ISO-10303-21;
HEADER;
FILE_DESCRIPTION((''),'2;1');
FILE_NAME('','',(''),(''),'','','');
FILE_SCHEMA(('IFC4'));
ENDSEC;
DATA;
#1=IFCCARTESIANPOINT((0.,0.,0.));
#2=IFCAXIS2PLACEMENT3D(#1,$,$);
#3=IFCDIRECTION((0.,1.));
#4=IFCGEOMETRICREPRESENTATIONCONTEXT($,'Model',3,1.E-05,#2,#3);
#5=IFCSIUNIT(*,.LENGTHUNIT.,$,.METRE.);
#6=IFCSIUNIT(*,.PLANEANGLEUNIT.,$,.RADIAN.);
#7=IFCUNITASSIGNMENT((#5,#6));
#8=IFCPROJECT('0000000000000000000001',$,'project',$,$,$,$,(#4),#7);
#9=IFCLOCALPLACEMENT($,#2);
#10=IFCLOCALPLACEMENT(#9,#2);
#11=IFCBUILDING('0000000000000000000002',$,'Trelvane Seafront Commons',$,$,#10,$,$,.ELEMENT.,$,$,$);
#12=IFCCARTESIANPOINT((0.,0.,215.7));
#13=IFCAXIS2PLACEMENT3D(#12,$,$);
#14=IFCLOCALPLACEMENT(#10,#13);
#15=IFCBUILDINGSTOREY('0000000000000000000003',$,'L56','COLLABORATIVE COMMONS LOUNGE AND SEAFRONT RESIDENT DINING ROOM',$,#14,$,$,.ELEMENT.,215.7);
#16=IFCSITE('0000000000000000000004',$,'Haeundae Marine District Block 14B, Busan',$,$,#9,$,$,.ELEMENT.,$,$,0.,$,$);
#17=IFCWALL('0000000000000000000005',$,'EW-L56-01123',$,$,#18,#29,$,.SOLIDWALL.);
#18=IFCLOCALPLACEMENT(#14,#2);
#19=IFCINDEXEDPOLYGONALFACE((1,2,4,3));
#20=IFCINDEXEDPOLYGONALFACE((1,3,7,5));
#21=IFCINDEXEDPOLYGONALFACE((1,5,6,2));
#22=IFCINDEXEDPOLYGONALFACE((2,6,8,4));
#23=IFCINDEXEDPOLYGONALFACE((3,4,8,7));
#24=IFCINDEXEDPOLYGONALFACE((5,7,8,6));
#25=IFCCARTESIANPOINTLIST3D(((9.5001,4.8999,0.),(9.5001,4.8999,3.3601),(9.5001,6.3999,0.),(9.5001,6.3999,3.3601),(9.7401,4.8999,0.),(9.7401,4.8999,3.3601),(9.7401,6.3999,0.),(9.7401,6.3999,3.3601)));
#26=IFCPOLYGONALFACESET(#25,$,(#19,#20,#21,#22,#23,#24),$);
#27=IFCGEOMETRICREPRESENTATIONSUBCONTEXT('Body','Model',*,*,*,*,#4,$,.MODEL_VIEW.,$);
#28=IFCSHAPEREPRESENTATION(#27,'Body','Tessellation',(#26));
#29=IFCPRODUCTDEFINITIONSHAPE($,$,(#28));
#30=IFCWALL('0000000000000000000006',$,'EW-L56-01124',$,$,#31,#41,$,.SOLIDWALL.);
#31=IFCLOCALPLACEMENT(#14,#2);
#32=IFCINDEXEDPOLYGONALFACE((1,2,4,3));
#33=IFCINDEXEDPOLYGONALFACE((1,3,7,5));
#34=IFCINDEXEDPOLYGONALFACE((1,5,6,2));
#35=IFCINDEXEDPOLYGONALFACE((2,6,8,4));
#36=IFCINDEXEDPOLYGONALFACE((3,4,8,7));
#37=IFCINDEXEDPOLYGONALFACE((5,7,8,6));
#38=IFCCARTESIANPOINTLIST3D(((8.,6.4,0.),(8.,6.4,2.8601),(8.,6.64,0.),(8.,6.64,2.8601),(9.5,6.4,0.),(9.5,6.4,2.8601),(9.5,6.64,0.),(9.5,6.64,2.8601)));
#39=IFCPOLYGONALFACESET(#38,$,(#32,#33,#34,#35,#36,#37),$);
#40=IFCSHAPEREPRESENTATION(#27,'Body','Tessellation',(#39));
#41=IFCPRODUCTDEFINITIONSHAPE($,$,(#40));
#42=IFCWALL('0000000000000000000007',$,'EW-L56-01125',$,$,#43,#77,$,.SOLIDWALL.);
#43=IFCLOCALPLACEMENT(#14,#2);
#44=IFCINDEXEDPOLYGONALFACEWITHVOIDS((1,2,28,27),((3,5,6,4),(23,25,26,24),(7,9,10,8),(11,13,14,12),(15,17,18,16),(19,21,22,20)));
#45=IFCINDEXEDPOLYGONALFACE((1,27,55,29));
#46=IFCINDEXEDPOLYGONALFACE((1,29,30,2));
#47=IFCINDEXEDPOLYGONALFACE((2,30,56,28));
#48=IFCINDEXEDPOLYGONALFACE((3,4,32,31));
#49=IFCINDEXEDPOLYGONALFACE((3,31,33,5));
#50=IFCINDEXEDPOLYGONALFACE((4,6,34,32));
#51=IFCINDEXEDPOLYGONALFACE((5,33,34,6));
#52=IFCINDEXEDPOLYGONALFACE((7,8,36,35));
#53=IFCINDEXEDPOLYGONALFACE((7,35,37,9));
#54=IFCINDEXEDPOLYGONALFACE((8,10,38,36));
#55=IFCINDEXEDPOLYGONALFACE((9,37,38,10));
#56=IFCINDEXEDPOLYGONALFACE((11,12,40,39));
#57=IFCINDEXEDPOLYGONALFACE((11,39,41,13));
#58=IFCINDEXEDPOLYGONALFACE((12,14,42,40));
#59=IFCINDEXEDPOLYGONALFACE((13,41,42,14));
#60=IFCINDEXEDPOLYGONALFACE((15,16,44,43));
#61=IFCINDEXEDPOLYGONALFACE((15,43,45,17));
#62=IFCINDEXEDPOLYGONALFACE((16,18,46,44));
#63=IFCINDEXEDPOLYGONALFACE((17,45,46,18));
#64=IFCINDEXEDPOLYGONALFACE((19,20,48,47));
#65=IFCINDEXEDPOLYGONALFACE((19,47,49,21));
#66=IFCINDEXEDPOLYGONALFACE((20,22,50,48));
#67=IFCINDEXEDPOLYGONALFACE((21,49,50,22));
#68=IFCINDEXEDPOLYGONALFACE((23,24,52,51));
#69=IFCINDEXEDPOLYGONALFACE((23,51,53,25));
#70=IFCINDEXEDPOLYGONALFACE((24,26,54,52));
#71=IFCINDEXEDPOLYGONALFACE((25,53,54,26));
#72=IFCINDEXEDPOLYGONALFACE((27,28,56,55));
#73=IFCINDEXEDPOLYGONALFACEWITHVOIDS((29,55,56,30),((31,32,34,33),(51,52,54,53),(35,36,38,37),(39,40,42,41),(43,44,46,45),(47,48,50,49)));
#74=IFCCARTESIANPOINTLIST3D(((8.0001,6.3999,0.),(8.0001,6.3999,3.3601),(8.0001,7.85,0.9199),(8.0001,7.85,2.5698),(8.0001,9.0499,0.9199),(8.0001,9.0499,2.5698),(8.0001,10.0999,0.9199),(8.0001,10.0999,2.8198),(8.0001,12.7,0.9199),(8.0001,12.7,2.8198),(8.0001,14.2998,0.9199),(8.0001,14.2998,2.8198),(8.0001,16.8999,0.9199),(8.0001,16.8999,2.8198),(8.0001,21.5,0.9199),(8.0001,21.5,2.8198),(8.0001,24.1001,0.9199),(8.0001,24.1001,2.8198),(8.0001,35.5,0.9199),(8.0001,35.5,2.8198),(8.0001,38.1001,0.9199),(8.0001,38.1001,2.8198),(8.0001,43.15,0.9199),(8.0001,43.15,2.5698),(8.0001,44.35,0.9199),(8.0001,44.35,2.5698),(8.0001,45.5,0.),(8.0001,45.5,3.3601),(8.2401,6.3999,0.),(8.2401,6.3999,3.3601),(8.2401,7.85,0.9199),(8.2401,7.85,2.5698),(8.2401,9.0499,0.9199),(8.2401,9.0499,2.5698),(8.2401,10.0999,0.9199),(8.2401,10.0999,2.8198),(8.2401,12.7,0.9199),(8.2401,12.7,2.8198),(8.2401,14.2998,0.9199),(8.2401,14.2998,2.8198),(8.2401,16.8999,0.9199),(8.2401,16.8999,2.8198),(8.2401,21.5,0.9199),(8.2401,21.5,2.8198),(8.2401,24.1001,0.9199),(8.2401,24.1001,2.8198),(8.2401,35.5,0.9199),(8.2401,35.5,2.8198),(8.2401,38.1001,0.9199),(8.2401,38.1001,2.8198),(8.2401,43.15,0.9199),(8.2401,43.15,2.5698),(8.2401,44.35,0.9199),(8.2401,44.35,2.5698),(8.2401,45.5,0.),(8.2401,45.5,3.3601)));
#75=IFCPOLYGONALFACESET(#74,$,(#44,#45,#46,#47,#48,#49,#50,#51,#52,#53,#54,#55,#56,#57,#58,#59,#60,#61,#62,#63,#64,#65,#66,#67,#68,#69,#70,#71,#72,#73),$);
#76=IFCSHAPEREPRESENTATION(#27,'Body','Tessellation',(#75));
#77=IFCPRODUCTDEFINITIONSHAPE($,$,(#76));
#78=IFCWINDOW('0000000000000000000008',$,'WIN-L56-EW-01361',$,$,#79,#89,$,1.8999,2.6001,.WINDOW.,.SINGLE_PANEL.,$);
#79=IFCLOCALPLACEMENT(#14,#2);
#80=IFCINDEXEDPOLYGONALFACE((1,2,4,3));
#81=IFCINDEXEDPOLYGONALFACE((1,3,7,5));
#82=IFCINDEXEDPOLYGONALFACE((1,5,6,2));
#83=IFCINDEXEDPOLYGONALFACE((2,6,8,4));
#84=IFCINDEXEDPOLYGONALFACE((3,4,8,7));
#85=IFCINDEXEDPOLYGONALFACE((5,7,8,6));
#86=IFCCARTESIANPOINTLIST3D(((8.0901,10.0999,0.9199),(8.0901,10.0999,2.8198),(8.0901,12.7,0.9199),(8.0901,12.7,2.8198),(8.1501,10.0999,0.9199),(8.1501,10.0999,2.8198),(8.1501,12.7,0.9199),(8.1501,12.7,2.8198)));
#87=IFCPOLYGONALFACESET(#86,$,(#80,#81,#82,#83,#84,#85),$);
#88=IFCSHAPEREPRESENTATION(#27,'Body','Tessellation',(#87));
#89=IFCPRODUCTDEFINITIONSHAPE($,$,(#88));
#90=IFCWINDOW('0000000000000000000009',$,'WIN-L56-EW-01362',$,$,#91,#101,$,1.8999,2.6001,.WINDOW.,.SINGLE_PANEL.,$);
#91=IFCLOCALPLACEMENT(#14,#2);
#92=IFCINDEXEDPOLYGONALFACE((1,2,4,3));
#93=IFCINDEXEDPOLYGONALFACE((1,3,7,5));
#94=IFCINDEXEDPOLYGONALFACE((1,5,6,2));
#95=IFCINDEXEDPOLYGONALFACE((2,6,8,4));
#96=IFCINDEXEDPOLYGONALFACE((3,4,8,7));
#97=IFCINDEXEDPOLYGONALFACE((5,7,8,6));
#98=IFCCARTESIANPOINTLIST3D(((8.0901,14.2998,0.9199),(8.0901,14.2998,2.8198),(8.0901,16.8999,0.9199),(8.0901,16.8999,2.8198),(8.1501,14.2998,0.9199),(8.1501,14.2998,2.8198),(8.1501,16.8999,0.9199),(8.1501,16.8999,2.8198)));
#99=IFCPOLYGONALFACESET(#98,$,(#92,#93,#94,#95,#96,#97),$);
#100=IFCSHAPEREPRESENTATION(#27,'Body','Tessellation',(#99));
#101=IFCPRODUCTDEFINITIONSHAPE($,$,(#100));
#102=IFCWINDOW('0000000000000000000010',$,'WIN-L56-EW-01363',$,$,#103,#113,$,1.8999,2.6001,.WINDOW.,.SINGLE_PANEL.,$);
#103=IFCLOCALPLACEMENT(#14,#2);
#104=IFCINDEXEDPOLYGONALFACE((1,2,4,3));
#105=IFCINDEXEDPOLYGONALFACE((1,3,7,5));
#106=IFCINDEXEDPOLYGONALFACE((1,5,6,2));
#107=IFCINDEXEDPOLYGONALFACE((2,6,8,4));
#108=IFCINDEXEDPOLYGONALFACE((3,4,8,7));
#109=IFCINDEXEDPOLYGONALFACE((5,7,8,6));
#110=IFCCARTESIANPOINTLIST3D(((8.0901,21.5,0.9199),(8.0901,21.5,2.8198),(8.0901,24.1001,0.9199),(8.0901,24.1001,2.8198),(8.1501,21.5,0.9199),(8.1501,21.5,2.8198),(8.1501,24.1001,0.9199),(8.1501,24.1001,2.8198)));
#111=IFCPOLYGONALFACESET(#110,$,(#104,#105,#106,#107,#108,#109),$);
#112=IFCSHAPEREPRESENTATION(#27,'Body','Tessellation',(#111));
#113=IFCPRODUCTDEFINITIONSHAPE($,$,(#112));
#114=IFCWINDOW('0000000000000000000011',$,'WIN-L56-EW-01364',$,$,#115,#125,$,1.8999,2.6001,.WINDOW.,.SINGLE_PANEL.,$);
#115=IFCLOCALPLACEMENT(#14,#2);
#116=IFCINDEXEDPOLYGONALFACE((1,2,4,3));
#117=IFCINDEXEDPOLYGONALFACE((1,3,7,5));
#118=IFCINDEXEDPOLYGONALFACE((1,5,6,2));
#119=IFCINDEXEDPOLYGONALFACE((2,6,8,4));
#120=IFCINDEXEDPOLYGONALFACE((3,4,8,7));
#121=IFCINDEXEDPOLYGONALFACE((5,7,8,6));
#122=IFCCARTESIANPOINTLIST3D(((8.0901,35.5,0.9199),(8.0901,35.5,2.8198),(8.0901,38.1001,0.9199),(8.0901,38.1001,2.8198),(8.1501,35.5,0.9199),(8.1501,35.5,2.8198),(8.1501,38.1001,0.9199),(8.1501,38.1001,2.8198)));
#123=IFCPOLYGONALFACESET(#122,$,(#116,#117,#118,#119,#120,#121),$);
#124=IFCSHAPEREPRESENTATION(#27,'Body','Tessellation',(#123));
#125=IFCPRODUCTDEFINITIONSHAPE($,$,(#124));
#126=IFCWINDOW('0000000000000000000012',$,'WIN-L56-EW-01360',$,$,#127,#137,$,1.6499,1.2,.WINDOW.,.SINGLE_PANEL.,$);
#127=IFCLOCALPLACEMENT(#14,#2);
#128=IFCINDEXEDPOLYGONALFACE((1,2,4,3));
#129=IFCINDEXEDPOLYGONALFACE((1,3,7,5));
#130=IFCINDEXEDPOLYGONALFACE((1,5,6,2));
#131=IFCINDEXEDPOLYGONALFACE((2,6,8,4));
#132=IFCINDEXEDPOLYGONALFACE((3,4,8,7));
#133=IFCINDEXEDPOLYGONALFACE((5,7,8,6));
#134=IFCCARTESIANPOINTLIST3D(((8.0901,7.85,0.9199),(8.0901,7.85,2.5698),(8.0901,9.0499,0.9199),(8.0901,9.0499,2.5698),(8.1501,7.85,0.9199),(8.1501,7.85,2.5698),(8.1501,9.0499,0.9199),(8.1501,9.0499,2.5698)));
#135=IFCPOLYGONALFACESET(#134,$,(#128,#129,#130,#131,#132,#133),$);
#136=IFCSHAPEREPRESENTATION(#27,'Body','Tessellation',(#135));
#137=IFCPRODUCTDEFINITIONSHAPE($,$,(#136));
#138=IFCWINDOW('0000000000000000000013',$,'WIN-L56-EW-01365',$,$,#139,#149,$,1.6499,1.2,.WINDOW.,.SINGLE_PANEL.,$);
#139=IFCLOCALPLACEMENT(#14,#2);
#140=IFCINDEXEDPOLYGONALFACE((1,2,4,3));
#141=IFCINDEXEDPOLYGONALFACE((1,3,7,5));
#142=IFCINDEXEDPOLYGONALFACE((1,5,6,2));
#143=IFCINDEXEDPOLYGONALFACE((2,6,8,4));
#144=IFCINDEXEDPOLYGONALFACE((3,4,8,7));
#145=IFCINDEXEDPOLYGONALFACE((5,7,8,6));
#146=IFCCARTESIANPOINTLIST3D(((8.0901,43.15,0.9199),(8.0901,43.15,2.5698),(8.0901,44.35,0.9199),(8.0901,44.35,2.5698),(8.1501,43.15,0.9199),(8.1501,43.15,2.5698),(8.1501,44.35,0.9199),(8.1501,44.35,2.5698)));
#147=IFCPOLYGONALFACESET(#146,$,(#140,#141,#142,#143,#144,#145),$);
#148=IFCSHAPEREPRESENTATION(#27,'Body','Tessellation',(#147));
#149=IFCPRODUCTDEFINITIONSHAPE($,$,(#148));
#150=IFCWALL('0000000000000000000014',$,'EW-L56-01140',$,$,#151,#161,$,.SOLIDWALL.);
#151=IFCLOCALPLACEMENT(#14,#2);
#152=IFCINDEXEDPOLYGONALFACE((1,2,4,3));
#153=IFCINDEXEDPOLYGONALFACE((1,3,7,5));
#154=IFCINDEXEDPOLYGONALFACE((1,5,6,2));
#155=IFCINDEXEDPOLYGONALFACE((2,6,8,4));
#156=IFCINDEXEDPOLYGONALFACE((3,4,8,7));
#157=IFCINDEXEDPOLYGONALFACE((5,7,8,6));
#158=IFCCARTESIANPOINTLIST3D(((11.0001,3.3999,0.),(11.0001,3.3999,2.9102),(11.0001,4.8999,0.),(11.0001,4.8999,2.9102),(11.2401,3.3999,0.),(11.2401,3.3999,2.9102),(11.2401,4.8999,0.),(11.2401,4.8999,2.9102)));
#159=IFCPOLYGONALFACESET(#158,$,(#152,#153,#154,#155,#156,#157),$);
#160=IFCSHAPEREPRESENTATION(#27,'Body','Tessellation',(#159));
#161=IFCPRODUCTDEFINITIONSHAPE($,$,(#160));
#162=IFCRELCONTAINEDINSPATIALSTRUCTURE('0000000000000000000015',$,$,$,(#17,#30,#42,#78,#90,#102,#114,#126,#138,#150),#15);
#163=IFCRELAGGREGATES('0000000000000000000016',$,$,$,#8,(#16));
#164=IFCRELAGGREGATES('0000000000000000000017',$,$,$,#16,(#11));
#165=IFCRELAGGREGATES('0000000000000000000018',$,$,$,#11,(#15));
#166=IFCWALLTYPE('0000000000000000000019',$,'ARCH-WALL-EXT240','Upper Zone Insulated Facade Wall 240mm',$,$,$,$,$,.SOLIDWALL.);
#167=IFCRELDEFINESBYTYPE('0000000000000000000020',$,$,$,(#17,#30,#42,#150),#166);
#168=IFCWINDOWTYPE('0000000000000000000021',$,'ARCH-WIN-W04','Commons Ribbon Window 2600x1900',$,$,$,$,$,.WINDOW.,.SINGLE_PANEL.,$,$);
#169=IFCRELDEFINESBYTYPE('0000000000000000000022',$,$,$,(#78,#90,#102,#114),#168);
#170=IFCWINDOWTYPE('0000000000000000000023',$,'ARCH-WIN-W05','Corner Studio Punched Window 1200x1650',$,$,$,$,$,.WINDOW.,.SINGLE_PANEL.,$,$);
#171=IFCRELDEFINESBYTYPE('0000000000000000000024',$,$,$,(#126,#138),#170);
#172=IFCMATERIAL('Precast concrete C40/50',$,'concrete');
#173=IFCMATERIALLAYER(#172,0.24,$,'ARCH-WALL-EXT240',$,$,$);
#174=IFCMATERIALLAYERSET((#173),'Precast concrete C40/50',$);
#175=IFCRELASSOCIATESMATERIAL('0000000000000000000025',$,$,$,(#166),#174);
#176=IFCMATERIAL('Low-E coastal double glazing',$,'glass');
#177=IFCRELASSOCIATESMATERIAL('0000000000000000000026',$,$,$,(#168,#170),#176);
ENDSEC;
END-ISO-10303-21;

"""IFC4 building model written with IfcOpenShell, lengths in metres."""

from ifc_helpers import new_model, si_unit, direction, frame, frame_2d, origin, place, context, subcontext, project, spatial, rectangle, extrude, source, transform, mapped, material, layer, layer_set, type_object, element, fill, save


model = new_model("IFC4")

# Units and contexts
model_context = context("Model", 3, precision=1e-05, world=origin(), true_north=direction((0.0, 1.0)))
body_context = subcontext(model_context, "Body", "Model", "MODEL_VIEW")
ifc_project = project(units=[si_unit("LENGTHUNIT", "METRE"), si_unit("PLANEANGLEUNIT", "RADIAN")], contexts=[model_context])

# Site, building, storey
site_placement = place(None, origin())
site = spatial("IfcSite", under=ifc_project, at=site_placement, Name="Haeundae Marine District Block 14B, Busan", CompositionType="ELEMENT", RefElevation=0.0)
building_placement = place(site_placement, origin())
building = spatial("IfcBuilding", under=site, at=building_placement, Name="Trelvane Seafront Commons", CompositionType="ELEMENT")
storey_placement = place(building_placement, frame((0.0, 0.0, 215.7)))
storey = spatial("IfcBuildingStorey", under=building, at=storey_placement, Name="L56", Description="COLLABORATIVE COMMONS LOUNGE AND SEAFRONT RESIDENT DINING ROOM", CompositionType="ELEMENT", Elevation=215.7)

# Walls
ifc_material_1 = material(Name="Precast concrete C40/50", Category="concrete")
ifc_layer_1 = layer(ifc_material_1, 0.24, Name="ARCH-WALL-EXT240")
ifc_layer_set_1 = layer_set([ifc_layer_1], Name="Precast concrete C40/50")
wall_type_1 = type_object("IfcWallType", Name="ARCH-WALL-EXT240", Description="Upper Zone Insulated Facade Wall 240mm", PredefinedType="SOLIDWALL", material=ifc_layer_set_1)
for number, where, z_axis, x_axis, name in (
    (1, (9.6201, 4.8999, 0.0), (0.0, 0.0, 1.0), (0.0, 1.0, 0.0), "EW-L56-01123"),
):
    element("IfcWall", number, at=place(storey_placement, frame(where, z_axis=z_axis, x_axis=x_axis)), inside=storey, type_object=wall_type_1, Name=name, PredefinedType="SOLIDWALL", context=body_context, shape_type="SweptSolid", body=[
        extrude(rectangle(XDim=1.5, YDim=0.24, at=frame_2d((0.75, 0.0))), origin(), (0.0, 0.0, 1.0), 3.3601),
    ])
wall_1_placement = place(storey_placement, frame((9.5, 6.52, 0.0), z_axis=(0.0, 0.0, 1.0), x_axis=(-1.0, 0.0, 0.0)))
element("IfcWall", 2, at=wall_1_placement, inside=storey, type_object=wall_type_1, Name="EW-L56-01124", PredefinedType="SOLIDWALL", context=body_context, shape_type="SweptSolid", body=[
    extrude(rectangle(XDim=1.5, YDim=0.24, at=frame_2d((0.75, 0.0))), origin(), (0.0, 0.0, 1.0), 2.8601),
])

# Wall, openings, windows
wall_2_placement = place(storey_placement, frame((8.1201, 6.3999, 0.0), z_axis=(0.0, 0.0, 1.0), x_axis=(0.0, 1.0, 0.0)))
wall_2 = element("IfcWall", 3, at=wall_2_placement, inside=storey, type_object=wall_type_1, Name="EW-L56-01125", PredefinedType="SOLIDWALL", context=body_context, shape_type="SweptSolid", body=[
    extrude(rectangle(XDim=39.1001, YDim=0.24, at=frame_2d((19.55, 0.0))), origin(), (0.0, 0.0, 1.0), 3.3601),
])
opening_1_placement = place(wall_2_placement, frame((1.45, 0.0, 0.9199)))
opening_1 = element("IfcOpeningElement", 4, at=opening_1_placement, cuts=wall_2, PredefinedType="OPENING", context=body_context, shape_type="SweptSolid", body=[
    extrude(rectangle(XDim=1.2, YDim=1.6499, at=frame_2d((0.6001, 0.825))), frame((0.0, 0.1299, 0.0), z_axis=(0.0, -1.0, 0.0), x_axis=(1.0, 0.0, 0.0)), (0.0, 0.0, 1.0), 0.26),
])
opening_2_placement = place(wall_2_placement, frame((3.7, 0.0, 0.9199)))
opening_2 = element("IfcOpeningElement", 5, at=opening_2_placement, cuts=wall_2, PredefinedType="OPENING", context=body_context, shape_type="SweptSolid", body=[
    extrude(rectangle(XDim=2.6001, YDim=1.8999, at=frame_2d((1.3, 0.95))), frame((0.0, 0.1299, 0.0), z_axis=(0.0, -1.0, 0.0), x_axis=(1.0, 0.0, 0.0)), (0.0, 0.0, 1.0), 0.26),
])
opening_3_placement = place(wall_2_placement, frame((7.8999, 0.0, 0.9199)))
opening_3 = element("IfcOpeningElement", 6, at=opening_3_placement, cuts=wall_2, PredefinedType="OPENING", context=body_context, shape_type="SweptSolid", body=[
    extrude(rectangle(XDim=2.6001, YDim=1.8999, at=frame_2d((1.3, 0.95))), frame((0.0, 0.1299, 0.0), z_axis=(0.0, -1.0, 0.0), x_axis=(1.0, 0.0, 0.0)), (0.0, 0.0, 1.0), 0.26),
])
opening_4_placement = place(wall_2_placement, frame((15.1001, 0.0, 0.9199)))
opening_4 = element("IfcOpeningElement", 7, at=opening_4_placement, cuts=wall_2, PredefinedType="OPENING", context=body_context, shape_type="SweptSolid", body=[
    extrude(rectangle(XDim=2.6001, YDim=1.8999, at=frame_2d((1.3, 0.95))), frame((0.0, 0.1299, 0.0), z_axis=(0.0, -1.0, 0.0), x_axis=(1.0, 0.0, 0.0)), (0.0, 0.0, 1.0), 0.26),
])
opening_5_placement = place(wall_2_placement, frame((29.1001, 0.0, 0.9199)))
opening_5 = element("IfcOpeningElement", 8, at=opening_5_placement, cuts=wall_2, PredefinedType="OPENING", context=body_context, shape_type="SweptSolid", body=[
    extrude(rectangle(XDim=2.6001, YDim=1.8999, at=frame_2d((1.3, 0.95))), frame((0.0, 0.1299, 0.0), z_axis=(0.0, -1.0, 0.0), x_axis=(1.0, 0.0, 0.0)), (0.0, 0.0, 1.0), 0.26),
])
opening_6_placement = place(wall_2_placement, frame((36.75, 0.0, 0.9199)))
opening_6 = element("IfcOpeningElement", 9, at=opening_6_placement, cuts=wall_2, PredefinedType="OPENING", context=body_context, shape_type="SweptSolid", body=[
    extrude(rectangle(XDim=1.2, YDim=1.6499, at=frame_2d((0.6001, 0.825))), frame((0.0, 0.1299, 0.0), z_axis=(0.0, -1.0, 0.0), x_axis=(1.0, 0.0, 0.0)), (0.0, 0.0, 1.0), 0.26),
])
ifc_material_2 = material(Name="Low-E coastal double glazing", Category="glass")
window_type_1 = type_object("IfcWindowType", Name="ARCH-WIN-W04", Description="Commons Ribbon Window 2600x1900", PartitioningType="SINGLE_PANEL", PredefinedType="WINDOW", material=ifc_material_2)
shared_shape_1 = source(origin(), body_context, "Body", "SweptSolid", [
    extrude(rectangle(XDim=2.6001, YDim=1.8999, at=frame_2d((1.3, 0.95))), frame((0.0, 0.03, 0.0), z_axis=(0.0, -1.0, 0.0), x_axis=(1.0, 0.0, 0.0)), (0.0, 0.0, 1.0), 0.0601),
])
window_1_placement = place(opening_2_placement, origin())
window_1 = element("IfcWindow", 10, at=window_1_placement, inside=storey, type_object=window_type_1, Name="WIN-L56-EW-01361", OverallHeight=1.8999, OverallWidth=2.6001, PartitioningType="SINGLE_PANEL", PredefinedType="WINDOW", context=body_context, shape_type="MappedRepresentation", body=[
    mapped(shared_shape_1, transform((0.0, 0.0, 0.0), x_axis=(1.0, 0.0, 0.0), y_axis=(0.0, 1.0, 0.0), z_axis=(0.0, 0.0, 1.0), scale=1.0)),
])
fill(opening_2, window_1)
window_2_placement = place(opening_3_placement, origin())
window_2 = element("IfcWindow", 11, at=window_2_placement, inside=storey, type_object=window_type_1, Name="WIN-L56-EW-01362", OverallHeight=1.8999, OverallWidth=2.6001, PartitioningType="SINGLE_PANEL", PredefinedType="WINDOW", context=body_context, shape_type="MappedRepresentation", body=[
    mapped(shared_shape_1, transform((0.0, 0.0, 0.0), x_axis=(1.0, 0.0, 0.0), y_axis=(0.0, 1.0, 0.0), z_axis=(0.0, 0.0, 1.0), scale=1.0)),
])
fill(opening_3, window_2)
window_3_placement = place(opening_4_placement, origin())
window_3 = element("IfcWindow", 12, at=window_3_placement, inside=storey, type_object=window_type_1, Name="WIN-L56-EW-01363", OverallHeight=1.8999, OverallWidth=2.6001, PartitioningType="SINGLE_PANEL", PredefinedType="WINDOW", context=body_context, shape_type="MappedRepresentation", body=[
    mapped(shared_shape_1, transform((0.0, 0.0, 0.0), x_axis=(1.0, 0.0, 0.0), y_axis=(0.0, 1.0, 0.0), z_axis=(0.0, 0.0, 1.0), scale=1.0)),
])
fill(opening_4, window_3)
window_4_placement = place(opening_5_placement, origin())
window_4 = element("IfcWindow", 13, at=window_4_placement, inside=storey, type_object=window_type_1, Name="WIN-L56-EW-01364", OverallHeight=1.8999, OverallWidth=2.6001, PartitioningType="SINGLE_PANEL", PredefinedType="WINDOW", context=body_context, shape_type="MappedRepresentation", body=[
    mapped(shared_shape_1, transform((0.0, 0.0, 0.0), x_axis=(1.0, 0.0, 0.0), y_axis=(0.0, 1.0, 0.0), z_axis=(0.0, 0.0, 1.0), scale=1.0)),
])
fill(opening_5, window_4)
window_type_2 = type_object("IfcWindowType", Name="ARCH-WIN-W05", Description="Corner Studio Punched Window 1200x1650", PartitioningType="SINGLE_PANEL", PredefinedType="WINDOW", material=ifc_material_2)
shared_shape_2 = source(origin(), body_context, "Body", "SweptSolid", [
    extrude(rectangle(XDim=1.2, YDim=1.6499, at=frame_2d((0.6001, 0.825))), frame((0.0, 0.03, 0.0), z_axis=(0.0, -1.0, 0.0), x_axis=(1.0, 0.0, 0.0)), (0.0, 0.0, 1.0), 0.0601),
])
window_5_placement = place(opening_1_placement, origin())
window_5 = element("IfcWindow", 14, at=window_5_placement, inside=storey, type_object=window_type_2, Name="WIN-L56-EW-01360", OverallHeight=1.6499, OverallWidth=1.2, PartitioningType="SINGLE_PANEL", PredefinedType="WINDOW", context=body_context, shape_type="MappedRepresentation", body=[
    mapped(shared_shape_2, transform((0.0, 0.0, 0.0), x_axis=(1.0, 0.0, 0.0), y_axis=(0.0, 1.0, 0.0), z_axis=(0.0, 0.0, 1.0), scale=1.0)),
])
fill(opening_1, window_5)
window_6_placement = place(opening_6_placement, origin())
window_6 = element("IfcWindow", 15, at=window_6_placement, inside=storey, type_object=window_type_2, Name="WIN-L56-EW-01365", OverallHeight=1.6499, OverallWidth=1.2, PartitioningType="SINGLE_PANEL", PredefinedType="WINDOW", context=body_context, shape_type="MappedRepresentation", body=[
    mapped(shared_shape_2, transform((0.0, 0.0, 0.0), x_axis=(1.0, 0.0, 0.0), y_axis=(0.0, 1.0, 0.0), z_axis=(0.0, 0.0, 1.0), scale=1.0)),
])
fill(opening_6, window_6)

# Wall
wall_3_placement = place(storey_placement, frame((11.1201, 3.3999, 0.0), z_axis=(0.0, 0.0, 1.0), x_axis=(0.0, 1.0, 0.0)))
element("IfcWall", 16, at=wall_3_placement, inside=storey, type_object=wall_type_1, Name="EW-L56-01140", PredefinedType="SOLIDWALL", context=body_context, shape_type="SweptSolid", body=[
    extrude(rectangle(XDim=1.5, YDim=0.24, at=frame_2d((0.75, 0.0))), origin(), (0.0, 0.0, 1.0), 2.9102),
])

save(model, "model.ifc")
